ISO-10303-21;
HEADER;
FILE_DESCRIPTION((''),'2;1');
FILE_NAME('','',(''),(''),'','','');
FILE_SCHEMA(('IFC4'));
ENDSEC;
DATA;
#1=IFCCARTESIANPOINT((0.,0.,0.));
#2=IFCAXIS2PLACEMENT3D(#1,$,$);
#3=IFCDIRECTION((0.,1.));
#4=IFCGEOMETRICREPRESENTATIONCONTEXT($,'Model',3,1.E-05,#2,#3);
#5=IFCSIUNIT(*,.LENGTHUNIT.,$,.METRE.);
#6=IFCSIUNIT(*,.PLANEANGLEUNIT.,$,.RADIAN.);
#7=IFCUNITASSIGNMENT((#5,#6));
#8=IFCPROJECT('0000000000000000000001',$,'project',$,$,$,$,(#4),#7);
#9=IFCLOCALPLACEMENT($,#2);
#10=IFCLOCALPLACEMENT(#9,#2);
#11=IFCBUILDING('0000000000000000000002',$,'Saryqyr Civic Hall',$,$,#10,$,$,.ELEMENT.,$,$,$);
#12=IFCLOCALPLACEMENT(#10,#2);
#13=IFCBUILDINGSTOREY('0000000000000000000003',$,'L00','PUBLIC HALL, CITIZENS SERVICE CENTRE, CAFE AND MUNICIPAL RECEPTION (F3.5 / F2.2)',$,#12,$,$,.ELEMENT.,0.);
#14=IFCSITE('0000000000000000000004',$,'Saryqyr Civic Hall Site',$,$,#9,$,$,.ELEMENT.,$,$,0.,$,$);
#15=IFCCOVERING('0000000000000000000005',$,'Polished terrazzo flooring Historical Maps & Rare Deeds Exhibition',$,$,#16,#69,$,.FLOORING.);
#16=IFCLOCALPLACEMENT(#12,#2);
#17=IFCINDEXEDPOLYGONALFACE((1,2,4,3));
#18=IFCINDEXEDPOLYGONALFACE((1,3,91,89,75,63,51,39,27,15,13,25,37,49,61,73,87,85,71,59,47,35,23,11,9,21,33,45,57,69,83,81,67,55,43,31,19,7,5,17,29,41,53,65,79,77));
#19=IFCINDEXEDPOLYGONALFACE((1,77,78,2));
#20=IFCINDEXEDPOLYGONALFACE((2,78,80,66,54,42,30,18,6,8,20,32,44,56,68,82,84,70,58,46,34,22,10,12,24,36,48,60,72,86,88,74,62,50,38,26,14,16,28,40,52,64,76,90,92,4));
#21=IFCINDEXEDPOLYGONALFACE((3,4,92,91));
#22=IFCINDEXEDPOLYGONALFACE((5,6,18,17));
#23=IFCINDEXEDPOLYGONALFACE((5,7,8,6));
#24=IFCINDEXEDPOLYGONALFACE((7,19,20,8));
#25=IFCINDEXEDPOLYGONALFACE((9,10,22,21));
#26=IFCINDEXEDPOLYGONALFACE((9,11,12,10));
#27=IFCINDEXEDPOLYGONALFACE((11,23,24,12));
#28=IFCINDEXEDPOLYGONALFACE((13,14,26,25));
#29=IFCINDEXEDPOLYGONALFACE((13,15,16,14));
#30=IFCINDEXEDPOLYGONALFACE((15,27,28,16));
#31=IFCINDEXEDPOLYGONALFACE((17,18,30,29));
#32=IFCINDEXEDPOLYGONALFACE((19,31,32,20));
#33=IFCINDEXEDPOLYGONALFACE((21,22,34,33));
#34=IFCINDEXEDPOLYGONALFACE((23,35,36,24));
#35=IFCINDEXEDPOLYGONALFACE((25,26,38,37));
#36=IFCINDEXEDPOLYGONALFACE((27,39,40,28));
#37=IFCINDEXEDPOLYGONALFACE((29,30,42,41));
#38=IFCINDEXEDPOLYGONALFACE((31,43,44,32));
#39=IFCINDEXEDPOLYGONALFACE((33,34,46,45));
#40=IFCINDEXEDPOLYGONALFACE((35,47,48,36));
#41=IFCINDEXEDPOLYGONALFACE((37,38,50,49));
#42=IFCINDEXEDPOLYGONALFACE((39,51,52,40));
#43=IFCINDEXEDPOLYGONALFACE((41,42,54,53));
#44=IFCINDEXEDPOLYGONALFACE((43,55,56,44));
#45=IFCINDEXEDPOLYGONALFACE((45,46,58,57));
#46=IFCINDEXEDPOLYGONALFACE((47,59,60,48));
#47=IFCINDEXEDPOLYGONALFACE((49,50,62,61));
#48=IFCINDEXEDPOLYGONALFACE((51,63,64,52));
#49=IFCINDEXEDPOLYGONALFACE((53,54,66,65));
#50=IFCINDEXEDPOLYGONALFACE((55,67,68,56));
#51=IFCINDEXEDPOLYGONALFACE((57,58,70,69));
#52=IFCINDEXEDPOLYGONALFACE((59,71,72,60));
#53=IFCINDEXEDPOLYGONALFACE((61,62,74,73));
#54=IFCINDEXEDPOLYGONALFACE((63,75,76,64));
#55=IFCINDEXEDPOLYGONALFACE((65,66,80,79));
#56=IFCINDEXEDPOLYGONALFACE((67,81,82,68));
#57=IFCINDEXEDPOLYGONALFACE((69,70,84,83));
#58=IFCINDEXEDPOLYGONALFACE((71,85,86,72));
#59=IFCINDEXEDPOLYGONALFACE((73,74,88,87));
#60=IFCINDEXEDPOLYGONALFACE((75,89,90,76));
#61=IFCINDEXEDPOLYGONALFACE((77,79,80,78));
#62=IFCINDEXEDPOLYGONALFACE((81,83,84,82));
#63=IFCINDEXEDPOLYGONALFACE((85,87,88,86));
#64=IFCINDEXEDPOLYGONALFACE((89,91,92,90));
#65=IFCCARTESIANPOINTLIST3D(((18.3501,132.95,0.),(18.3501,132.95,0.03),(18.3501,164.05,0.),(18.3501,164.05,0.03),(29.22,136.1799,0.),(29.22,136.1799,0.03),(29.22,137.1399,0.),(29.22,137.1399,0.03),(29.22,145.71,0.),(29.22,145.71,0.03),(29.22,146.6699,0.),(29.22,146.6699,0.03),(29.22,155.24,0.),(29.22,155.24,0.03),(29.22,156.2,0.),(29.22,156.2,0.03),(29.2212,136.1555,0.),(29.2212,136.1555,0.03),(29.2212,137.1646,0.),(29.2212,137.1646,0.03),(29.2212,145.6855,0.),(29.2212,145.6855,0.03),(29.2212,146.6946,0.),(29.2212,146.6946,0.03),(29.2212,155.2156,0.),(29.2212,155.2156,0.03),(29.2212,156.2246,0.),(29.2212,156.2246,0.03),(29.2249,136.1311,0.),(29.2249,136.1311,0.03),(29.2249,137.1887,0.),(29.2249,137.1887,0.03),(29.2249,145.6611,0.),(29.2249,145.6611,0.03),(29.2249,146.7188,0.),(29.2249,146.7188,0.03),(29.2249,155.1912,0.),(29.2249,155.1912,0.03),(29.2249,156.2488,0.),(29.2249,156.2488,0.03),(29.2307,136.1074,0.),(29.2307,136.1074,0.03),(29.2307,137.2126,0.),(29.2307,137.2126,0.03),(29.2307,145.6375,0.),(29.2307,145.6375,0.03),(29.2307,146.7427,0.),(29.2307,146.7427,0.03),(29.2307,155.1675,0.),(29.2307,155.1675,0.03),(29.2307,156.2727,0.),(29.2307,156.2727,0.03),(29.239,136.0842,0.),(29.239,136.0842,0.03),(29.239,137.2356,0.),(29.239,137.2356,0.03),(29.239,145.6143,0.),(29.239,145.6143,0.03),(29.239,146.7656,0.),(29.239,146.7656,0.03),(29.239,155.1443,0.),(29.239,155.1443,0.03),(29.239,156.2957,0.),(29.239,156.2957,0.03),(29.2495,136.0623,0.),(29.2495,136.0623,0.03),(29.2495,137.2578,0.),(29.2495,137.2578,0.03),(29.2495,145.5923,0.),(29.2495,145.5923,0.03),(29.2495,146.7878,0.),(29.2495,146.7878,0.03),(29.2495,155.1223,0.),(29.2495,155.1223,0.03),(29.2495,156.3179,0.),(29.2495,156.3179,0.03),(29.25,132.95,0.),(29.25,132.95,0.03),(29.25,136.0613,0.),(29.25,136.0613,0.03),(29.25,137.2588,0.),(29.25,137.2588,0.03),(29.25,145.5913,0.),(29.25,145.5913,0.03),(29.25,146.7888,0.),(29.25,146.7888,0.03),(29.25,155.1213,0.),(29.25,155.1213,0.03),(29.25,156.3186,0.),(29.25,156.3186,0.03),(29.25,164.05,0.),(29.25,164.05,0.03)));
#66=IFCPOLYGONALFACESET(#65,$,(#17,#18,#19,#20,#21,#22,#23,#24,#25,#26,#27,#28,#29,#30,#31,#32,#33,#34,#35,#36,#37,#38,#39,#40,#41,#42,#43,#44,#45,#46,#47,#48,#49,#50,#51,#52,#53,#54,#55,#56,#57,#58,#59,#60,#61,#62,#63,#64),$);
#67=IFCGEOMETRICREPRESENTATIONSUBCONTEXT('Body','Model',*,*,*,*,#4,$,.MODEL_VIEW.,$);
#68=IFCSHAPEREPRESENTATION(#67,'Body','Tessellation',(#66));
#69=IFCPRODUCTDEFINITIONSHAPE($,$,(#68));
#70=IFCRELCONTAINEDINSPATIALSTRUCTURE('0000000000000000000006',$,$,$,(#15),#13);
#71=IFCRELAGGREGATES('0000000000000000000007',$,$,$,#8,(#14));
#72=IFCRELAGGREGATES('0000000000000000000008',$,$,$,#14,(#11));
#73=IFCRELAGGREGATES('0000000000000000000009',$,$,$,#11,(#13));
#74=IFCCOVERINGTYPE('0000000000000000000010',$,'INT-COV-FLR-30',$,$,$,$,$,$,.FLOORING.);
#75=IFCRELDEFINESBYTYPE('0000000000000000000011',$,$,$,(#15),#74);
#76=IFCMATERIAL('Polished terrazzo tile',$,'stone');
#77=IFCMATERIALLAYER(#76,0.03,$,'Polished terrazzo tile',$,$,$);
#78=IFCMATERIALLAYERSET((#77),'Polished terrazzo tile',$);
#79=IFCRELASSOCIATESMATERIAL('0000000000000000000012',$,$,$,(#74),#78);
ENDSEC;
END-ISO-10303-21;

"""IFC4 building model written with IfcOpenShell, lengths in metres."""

from ifc_helpers import new_model, si_unit, direction, origin, place, context, subcontext, project, spatial, polyline, outline, extrude, material, layer, layer_set, type_object, element, save


model = new_model("IFC4")

# Units and contexts
model_context = context("Model", 3, precision=1e-05, world=origin(), true_north=direction((0.0, 1.0)))
body_context = subcontext(model_context, "Body", "Model", "MODEL_VIEW")
ifc_project = project(units=[si_unit("LENGTHUNIT", "METRE"), si_unit("PLANEANGLEUNIT", "RADIAN")], contexts=[model_context])

# Site, building, storey
site_placement = place(None, origin())
site = spatial("IfcSite", under=ifc_project, at=site_placement, Name="Saryqyr Civic Hall Site", CompositionType="ELEMENT", RefElevation=0.0)
building_placement = place(site_placement, origin())
building = spatial("IfcBuilding", under=site, at=building_placement, Name="Saryqyr Civic Hall", CompositionType="ELEMENT")
storey_placement = place(building_placement, origin())
storey = spatial("IfcBuildingStorey", under=building, at=storey_placement, Name="L00", Description="PUBLIC HALL, CITIZENS SERVICE CENTRE, CAFE AND MUNICIPAL RECEPTION (F3.5 / F2.2)", CompositionType="ELEMENT", Elevation=0.0)

# Covering
ifc_material_1 = material(Name="Polished terrazzo tile", Category="stone")
ifc_layer_1 = layer(ifc_material_1, 0.03, Name="Polished terrazzo tile")
ifc_layer_set_1 = layer_set([ifc_layer_1], Name="Polished terrazzo tile")
covering_type = type_object("IfcCoveringType", Name="INT-COV-FLR-30", PredefinedType="FLOORING", material=ifc_layer_set_1)
covering_1_placement = place(storey_placement, origin())
element("IfcCovering", 1, at=covering_1_placement, inside=storey, type_object=covering_type, Name="Polished terrazzo flooring Historical Maps & Rare Deeds Exhibition", PredefinedType="FLOORING", context=body_context, shape_type="SweptSolid", body=[
    extrude(outline(polyline([(29.2495, 156.3179), (29.239, 156.2957), (29.2307, 156.2727), (29.2249, 156.2488), (29.2212, 156.2246), (29.22, 156.2), (29.22, 155.24), (29.2212, 155.2156), (29.2249, 155.1912), (29.2307, 155.1675), (29.239, 155.1443), (29.2495, 155.1223), (29.25, 155.1213), (29.25, 146.7888), (29.2495, 146.7878), (29.239, 146.7656), (29.2307, 146.7427), (29.2249, 146.7188), (29.2212, 146.6946), (29.22, 146.6699), (29.22, 145.71), (29.2212, 145.6855), (29.2249, 145.6611), (29.2307, 145.6375), (29.239, 145.6143), (29.2495, 145.5923), (29.25, 145.5913), (29.25, 137.2588), (29.2495, 137.2578), (29.239, 137.2356), (29.2307, 137.2126), (29.2249, 137.1887), (29.2212, 137.1646), (29.22, 137.1399), (29.22, 136.1799), (29.2212, 136.1555), (29.2249, 136.1311), (29.2307, 136.1074), (29.239, 136.0842), (29.2495, 136.0623), (29.25, 136.0613), (29.25, 132.95), (18.3501, 132.95), (18.3501, 164.05), (29.25, 164.05), (29.25, 156.3186), (29.2495, 156.3179)])), origin(), (0.0, 0.0, 1.0), 0.03),
])

save(model, "model.ifc")
